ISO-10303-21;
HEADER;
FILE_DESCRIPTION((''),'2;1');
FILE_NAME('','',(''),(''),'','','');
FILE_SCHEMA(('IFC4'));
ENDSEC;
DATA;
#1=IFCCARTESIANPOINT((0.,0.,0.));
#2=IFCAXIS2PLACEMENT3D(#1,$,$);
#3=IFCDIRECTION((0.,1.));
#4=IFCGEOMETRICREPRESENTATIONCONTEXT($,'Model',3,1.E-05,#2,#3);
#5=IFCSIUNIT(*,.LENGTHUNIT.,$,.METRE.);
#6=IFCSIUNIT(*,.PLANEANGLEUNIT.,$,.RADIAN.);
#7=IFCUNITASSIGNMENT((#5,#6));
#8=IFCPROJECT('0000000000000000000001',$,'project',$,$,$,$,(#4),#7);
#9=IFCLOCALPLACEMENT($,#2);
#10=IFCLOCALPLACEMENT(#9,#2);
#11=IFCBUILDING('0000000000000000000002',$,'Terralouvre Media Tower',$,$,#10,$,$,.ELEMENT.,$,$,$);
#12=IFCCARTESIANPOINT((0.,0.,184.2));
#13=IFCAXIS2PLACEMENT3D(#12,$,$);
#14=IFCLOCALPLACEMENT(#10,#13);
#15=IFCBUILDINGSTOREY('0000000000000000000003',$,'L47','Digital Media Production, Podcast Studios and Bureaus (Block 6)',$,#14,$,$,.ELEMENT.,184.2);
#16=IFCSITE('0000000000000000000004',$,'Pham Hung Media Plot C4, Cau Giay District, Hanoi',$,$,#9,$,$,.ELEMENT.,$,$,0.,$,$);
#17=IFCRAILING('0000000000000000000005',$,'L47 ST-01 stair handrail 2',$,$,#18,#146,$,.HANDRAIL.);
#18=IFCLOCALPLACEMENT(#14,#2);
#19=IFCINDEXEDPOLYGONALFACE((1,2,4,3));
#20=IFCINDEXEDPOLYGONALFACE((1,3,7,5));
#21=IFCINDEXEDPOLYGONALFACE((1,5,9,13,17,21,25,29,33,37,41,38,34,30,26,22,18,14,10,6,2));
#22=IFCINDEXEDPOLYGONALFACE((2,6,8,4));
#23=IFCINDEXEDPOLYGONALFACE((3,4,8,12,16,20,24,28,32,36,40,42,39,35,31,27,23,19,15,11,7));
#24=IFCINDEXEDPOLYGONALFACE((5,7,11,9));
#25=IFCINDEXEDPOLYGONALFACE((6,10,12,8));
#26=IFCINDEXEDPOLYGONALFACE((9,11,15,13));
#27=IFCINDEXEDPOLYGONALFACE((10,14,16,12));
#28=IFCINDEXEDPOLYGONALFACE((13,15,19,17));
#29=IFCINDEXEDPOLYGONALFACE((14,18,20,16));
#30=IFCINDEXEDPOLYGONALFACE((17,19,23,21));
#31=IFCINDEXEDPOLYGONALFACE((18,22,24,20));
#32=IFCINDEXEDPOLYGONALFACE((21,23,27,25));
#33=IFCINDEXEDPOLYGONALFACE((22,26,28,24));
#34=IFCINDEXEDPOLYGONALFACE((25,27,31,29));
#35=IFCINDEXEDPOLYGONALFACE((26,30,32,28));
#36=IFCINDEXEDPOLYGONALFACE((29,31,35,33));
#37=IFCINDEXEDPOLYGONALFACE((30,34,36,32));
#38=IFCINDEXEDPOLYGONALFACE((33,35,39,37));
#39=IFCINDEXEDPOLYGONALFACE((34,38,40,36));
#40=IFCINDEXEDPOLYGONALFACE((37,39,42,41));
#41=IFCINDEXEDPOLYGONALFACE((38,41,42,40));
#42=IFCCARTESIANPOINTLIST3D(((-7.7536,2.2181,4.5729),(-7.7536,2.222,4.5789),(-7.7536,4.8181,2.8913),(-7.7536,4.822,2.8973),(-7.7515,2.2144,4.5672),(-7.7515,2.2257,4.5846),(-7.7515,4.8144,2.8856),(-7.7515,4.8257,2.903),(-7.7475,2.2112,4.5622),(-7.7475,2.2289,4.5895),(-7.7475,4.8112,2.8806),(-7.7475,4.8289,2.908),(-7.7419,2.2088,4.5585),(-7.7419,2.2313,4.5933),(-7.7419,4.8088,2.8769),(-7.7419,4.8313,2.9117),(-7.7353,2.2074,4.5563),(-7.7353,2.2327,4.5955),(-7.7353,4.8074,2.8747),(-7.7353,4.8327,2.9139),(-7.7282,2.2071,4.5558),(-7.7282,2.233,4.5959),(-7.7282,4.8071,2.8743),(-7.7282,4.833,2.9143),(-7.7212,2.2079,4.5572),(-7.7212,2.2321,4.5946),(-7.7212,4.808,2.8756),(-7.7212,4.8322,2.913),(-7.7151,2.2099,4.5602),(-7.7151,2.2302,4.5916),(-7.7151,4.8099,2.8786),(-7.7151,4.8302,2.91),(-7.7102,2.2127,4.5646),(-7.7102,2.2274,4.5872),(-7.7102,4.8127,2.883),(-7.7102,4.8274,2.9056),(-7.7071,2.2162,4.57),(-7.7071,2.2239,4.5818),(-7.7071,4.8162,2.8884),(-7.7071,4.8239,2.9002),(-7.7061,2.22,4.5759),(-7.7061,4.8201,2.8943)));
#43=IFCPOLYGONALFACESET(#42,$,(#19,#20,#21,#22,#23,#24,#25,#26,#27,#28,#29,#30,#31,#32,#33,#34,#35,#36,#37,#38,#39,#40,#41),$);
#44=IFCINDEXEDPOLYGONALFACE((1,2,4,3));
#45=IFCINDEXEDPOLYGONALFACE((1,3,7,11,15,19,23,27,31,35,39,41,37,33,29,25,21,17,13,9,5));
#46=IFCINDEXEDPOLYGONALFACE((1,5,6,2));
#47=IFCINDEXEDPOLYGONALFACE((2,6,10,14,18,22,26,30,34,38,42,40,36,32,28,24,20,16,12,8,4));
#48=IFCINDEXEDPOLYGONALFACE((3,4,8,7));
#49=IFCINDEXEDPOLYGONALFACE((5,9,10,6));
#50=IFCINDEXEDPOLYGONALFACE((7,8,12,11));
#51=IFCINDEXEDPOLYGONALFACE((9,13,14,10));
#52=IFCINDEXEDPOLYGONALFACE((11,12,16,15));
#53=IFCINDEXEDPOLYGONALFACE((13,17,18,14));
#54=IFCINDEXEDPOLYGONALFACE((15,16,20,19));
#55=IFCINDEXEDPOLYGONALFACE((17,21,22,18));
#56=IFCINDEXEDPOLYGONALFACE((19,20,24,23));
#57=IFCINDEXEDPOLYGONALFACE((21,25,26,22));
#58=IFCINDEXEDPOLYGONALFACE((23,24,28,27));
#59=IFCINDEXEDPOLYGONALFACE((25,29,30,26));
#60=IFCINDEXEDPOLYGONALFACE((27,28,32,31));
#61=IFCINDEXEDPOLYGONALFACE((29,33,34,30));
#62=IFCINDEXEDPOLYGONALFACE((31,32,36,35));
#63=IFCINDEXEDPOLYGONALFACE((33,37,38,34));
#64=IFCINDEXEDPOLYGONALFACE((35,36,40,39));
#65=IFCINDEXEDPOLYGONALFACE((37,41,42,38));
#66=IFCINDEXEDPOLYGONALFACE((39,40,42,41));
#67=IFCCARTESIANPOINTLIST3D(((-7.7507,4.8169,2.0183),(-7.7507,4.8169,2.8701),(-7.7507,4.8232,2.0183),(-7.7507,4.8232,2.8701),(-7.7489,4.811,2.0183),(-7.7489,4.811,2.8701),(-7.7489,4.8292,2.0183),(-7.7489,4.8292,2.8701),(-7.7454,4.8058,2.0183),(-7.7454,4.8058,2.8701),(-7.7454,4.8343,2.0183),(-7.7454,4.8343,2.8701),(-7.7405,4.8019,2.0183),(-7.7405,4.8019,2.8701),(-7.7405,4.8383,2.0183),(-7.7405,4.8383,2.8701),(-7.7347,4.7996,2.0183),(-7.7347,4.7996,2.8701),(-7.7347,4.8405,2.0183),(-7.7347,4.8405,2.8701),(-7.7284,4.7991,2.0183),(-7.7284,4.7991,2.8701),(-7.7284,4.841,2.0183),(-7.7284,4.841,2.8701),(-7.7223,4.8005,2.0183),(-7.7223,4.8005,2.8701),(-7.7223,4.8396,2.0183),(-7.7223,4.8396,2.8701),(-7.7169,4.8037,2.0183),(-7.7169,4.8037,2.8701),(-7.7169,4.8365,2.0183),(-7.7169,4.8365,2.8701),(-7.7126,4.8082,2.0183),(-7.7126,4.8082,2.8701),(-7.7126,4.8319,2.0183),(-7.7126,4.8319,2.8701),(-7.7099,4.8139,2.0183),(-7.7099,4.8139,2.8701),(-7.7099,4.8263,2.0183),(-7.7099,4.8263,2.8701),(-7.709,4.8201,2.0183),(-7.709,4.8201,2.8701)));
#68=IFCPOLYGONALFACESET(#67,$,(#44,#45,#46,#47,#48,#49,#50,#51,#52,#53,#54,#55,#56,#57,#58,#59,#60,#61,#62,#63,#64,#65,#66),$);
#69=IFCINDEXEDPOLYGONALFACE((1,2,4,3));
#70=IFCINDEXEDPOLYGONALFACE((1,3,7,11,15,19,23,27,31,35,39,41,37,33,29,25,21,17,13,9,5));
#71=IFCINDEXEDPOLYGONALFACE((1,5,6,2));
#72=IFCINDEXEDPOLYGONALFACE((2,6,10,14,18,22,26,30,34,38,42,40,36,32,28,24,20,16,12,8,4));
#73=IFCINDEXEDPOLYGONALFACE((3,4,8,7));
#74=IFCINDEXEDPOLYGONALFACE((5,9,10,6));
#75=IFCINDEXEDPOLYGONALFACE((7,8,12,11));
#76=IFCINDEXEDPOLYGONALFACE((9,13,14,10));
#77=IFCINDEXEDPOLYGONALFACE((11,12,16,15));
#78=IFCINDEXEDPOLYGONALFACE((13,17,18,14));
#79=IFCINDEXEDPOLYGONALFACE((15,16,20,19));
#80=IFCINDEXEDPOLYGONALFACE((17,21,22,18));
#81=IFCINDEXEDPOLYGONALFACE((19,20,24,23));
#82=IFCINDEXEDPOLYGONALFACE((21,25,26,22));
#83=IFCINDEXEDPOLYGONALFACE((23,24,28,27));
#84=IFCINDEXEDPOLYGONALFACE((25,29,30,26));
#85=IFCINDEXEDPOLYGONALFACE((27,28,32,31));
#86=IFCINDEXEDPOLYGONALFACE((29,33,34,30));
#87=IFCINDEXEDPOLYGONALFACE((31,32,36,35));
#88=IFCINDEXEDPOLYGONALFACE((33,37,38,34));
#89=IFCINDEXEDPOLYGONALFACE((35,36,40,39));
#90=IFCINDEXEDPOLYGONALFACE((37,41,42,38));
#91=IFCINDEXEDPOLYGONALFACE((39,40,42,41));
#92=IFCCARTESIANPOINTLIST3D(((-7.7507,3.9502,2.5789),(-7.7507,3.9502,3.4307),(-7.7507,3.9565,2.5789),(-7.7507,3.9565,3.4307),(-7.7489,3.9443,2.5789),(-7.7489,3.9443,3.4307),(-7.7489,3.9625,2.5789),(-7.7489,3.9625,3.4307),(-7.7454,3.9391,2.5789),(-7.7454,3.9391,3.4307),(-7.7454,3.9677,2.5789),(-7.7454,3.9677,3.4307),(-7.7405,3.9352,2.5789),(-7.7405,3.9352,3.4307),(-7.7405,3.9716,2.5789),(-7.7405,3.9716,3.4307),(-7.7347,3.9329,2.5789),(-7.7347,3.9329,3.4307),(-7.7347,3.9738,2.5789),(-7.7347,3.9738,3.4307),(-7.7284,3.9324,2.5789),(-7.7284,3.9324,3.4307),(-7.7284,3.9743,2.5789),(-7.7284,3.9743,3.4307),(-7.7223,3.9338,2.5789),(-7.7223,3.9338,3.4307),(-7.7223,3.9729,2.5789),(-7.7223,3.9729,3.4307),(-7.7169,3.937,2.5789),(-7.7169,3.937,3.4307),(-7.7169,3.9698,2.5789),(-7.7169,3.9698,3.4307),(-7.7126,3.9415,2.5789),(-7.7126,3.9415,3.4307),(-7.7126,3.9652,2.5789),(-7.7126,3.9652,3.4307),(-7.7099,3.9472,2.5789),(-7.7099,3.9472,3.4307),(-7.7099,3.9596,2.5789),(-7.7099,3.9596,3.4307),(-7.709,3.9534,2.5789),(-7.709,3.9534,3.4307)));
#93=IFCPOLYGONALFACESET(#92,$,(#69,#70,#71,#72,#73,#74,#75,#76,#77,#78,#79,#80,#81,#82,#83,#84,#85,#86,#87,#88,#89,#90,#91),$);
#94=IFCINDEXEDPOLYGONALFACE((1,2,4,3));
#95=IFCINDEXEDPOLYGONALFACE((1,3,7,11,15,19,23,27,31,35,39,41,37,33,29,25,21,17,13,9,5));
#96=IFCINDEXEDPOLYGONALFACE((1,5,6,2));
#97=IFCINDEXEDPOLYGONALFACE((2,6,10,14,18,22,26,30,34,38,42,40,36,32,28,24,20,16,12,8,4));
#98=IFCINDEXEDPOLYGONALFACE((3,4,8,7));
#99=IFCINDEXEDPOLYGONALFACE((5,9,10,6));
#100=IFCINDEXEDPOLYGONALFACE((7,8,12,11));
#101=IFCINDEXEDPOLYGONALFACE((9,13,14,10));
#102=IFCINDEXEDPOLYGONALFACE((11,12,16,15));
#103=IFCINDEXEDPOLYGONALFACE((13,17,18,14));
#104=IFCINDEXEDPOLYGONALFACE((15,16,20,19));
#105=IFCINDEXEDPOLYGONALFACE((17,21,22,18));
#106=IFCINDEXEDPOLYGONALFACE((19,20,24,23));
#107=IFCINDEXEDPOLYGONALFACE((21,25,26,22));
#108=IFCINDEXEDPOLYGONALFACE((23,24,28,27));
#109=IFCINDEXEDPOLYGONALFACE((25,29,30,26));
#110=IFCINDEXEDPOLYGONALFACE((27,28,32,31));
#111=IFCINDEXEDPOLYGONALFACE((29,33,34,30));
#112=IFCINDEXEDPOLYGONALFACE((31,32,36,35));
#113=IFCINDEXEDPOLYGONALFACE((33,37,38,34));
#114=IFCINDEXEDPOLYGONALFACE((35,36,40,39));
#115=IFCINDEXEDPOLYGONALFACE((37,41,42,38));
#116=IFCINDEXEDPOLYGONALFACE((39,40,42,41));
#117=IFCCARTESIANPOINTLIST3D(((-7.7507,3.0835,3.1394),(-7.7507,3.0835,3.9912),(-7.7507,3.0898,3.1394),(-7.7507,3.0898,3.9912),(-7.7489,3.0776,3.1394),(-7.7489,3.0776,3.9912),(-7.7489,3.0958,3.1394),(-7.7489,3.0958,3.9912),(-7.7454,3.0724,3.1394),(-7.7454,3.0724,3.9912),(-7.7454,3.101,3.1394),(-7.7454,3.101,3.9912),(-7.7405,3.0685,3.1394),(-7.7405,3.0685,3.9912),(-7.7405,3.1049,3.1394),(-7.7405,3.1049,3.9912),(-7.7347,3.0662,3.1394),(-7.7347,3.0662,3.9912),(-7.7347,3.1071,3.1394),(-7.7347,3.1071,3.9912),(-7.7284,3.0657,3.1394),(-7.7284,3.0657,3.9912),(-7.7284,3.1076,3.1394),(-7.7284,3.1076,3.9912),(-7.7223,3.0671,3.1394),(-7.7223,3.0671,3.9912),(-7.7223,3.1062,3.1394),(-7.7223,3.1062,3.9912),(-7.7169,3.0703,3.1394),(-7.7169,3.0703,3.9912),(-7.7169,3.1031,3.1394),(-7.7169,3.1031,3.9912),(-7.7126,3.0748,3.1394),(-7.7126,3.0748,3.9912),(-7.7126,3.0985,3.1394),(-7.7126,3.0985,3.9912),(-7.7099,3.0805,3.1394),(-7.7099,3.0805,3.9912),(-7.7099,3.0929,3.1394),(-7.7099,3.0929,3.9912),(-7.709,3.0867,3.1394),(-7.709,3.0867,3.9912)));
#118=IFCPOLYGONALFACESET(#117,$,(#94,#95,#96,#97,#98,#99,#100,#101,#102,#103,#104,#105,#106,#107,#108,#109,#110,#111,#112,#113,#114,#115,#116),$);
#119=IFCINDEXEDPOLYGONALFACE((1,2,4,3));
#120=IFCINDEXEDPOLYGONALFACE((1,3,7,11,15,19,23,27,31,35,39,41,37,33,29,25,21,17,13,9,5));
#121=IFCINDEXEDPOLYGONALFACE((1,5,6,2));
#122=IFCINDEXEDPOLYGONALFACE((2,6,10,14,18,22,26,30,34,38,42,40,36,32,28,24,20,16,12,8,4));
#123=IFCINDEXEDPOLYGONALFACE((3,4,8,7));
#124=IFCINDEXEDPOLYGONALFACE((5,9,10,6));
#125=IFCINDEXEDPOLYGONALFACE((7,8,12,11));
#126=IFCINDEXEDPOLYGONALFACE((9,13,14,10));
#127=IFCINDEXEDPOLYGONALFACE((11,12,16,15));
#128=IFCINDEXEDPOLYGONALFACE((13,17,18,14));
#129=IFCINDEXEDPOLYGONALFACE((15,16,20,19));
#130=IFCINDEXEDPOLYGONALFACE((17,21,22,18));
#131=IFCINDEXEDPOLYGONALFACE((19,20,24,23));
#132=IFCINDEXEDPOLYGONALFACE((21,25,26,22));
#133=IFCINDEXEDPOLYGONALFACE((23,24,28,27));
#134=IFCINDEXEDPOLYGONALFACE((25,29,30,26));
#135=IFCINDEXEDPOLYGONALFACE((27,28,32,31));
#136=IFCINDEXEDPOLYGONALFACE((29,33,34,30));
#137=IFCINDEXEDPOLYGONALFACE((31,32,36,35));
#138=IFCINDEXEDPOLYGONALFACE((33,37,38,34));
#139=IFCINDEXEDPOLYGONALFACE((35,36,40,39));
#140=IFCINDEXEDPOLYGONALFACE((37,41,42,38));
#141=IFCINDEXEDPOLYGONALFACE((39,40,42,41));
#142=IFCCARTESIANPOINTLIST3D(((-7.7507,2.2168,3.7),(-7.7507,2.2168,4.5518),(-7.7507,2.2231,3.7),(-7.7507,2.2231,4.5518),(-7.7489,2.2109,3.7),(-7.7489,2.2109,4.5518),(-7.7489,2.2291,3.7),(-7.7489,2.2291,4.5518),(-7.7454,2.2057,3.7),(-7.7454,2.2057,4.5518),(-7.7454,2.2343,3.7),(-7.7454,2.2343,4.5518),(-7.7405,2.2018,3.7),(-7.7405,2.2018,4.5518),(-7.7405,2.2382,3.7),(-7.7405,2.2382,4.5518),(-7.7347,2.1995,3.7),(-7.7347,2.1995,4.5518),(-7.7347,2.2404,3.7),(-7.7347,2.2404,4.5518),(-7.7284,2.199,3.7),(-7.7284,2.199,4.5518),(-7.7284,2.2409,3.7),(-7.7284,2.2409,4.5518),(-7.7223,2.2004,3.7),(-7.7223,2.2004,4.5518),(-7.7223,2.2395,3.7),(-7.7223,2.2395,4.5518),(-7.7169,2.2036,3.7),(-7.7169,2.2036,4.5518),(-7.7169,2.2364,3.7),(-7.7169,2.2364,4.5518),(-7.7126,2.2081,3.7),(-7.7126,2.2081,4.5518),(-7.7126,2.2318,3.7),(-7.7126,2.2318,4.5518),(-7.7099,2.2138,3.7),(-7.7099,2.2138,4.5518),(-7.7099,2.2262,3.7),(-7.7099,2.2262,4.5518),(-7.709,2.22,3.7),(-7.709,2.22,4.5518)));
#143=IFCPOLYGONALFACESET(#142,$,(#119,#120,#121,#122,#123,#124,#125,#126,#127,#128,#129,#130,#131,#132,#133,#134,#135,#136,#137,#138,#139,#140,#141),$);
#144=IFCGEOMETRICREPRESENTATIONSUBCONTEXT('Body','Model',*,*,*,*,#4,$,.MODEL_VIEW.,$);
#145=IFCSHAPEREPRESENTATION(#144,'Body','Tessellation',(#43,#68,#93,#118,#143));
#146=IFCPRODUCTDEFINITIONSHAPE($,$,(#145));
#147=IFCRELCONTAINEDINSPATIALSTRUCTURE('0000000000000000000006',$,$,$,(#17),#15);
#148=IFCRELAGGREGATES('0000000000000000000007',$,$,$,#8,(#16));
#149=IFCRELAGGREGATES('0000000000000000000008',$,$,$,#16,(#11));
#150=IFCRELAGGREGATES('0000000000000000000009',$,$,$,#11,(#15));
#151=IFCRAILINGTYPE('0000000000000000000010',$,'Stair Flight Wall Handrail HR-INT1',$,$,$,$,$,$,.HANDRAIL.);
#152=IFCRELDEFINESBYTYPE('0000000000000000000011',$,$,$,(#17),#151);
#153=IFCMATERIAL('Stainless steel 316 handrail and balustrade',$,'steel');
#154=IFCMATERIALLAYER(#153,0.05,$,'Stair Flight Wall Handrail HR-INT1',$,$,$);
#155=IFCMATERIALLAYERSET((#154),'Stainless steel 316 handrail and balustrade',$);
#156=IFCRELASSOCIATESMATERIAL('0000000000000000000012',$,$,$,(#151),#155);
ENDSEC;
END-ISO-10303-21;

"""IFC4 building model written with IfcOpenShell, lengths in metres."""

from ifc_helpers import new_model, si_unit, direction, frame, origin, origin_2d, place, context, subcontext, project, spatial, circle, extrude, material, layer, layer_set, type_object, element, save


model = new_model("IFC4")

# Units and contexts
model_context = context("Model", 3, precision=1e-05, world=origin(), true_north=direction((0.0, 1.0)))
body_context = subcontext(model_context, "Body", "Model", "MODEL_VIEW")
ifc_project = project(units=[si_unit("LENGTHUNIT", "METRE"), si_unit("PLANEANGLEUNIT", "RADIAN")], contexts=[model_context])

# Site, building, storey
site_placement = place(None, origin())
site = spatial("IfcSite", under=ifc_project, at=site_placement, Name="Pham Hung Media Plot C4, Cau Giay District, Hanoi", CompositionType="ELEMENT", RefElevation=0.0)
building_placement = place(site_placement, origin())
building = spatial("IfcBuilding", under=site, at=building_placement, Name="Terralouvre Media Tower", CompositionType="ELEMENT")
storey_placement = place(building_placement, frame((0.0, 0.0, 184.2)))
storey = spatial("IfcBuildingStorey", under=building, at=storey_placement, Name="L47", Description="Digital Media Production, Podcast Studios and Bureaus (Block 6)", CompositionType="ELEMENT", Elevation=184.2)

# Railing
ifc_material_1 = material(Name="Stainless steel 316 handrail and balustrade", Category="steel")
ifc_layer_1 = layer(ifc_material_1, 0.05, Name="Stair Flight Wall Handrail HR-INT1")
ifc_layer_set_1 = layer_set([ifc_layer_1], Name="Stainless steel 316 handrail and balustrade")
railing_type_1 = type_object("IfcRailingType", Name="Stair Flight Wall Handrail HR-INT1", PredefinedType="HANDRAIL", material=ifc_layer_set_1)
railing_1_placement = place(storey_placement, frame((-7.73, 4.8201, 2.0183)))
element("IfcRailing", 1, at=railing_1_placement, inside=storey, type_object=railing_type_1, Name="L47 ST-01 stair handrail 2", PredefinedType="HANDRAIL", context=body_context, shape_type="SweptSolid", body=[
    extrude(circle(Radius=0.0239, at=origin_2d()), frame((0.0, 0.0, 0.876), z_axis=(0.0, -0.839684, 0.543075), x_axis=(1.0, 0.0, 0.0)), (0.0, 0.0, 1.0), 3.0964),
    extrude(circle(Radius=0.021, at=origin_2d()), origin(), (0.0, 0.0, 1.0), 0.8518),
    extrude(circle(Radius=0.021, at=origin_2d()), frame((0.0, -0.8667, 0.5605)), (0.0, 0.0, 1.0), 0.8518),
    extrude(circle(Radius=0.021, at=origin_2d()), frame((0.0, -1.7334, 1.1211)), (0.0, 0.0, 1.0), 0.8518),
    extrude(circle(Radius=0.021, at=origin_2d()), frame((0.0, -2.6001, 1.6816)), (0.0, 0.0, 1.0), 0.8518),
])

save(model, "model.ifc")
